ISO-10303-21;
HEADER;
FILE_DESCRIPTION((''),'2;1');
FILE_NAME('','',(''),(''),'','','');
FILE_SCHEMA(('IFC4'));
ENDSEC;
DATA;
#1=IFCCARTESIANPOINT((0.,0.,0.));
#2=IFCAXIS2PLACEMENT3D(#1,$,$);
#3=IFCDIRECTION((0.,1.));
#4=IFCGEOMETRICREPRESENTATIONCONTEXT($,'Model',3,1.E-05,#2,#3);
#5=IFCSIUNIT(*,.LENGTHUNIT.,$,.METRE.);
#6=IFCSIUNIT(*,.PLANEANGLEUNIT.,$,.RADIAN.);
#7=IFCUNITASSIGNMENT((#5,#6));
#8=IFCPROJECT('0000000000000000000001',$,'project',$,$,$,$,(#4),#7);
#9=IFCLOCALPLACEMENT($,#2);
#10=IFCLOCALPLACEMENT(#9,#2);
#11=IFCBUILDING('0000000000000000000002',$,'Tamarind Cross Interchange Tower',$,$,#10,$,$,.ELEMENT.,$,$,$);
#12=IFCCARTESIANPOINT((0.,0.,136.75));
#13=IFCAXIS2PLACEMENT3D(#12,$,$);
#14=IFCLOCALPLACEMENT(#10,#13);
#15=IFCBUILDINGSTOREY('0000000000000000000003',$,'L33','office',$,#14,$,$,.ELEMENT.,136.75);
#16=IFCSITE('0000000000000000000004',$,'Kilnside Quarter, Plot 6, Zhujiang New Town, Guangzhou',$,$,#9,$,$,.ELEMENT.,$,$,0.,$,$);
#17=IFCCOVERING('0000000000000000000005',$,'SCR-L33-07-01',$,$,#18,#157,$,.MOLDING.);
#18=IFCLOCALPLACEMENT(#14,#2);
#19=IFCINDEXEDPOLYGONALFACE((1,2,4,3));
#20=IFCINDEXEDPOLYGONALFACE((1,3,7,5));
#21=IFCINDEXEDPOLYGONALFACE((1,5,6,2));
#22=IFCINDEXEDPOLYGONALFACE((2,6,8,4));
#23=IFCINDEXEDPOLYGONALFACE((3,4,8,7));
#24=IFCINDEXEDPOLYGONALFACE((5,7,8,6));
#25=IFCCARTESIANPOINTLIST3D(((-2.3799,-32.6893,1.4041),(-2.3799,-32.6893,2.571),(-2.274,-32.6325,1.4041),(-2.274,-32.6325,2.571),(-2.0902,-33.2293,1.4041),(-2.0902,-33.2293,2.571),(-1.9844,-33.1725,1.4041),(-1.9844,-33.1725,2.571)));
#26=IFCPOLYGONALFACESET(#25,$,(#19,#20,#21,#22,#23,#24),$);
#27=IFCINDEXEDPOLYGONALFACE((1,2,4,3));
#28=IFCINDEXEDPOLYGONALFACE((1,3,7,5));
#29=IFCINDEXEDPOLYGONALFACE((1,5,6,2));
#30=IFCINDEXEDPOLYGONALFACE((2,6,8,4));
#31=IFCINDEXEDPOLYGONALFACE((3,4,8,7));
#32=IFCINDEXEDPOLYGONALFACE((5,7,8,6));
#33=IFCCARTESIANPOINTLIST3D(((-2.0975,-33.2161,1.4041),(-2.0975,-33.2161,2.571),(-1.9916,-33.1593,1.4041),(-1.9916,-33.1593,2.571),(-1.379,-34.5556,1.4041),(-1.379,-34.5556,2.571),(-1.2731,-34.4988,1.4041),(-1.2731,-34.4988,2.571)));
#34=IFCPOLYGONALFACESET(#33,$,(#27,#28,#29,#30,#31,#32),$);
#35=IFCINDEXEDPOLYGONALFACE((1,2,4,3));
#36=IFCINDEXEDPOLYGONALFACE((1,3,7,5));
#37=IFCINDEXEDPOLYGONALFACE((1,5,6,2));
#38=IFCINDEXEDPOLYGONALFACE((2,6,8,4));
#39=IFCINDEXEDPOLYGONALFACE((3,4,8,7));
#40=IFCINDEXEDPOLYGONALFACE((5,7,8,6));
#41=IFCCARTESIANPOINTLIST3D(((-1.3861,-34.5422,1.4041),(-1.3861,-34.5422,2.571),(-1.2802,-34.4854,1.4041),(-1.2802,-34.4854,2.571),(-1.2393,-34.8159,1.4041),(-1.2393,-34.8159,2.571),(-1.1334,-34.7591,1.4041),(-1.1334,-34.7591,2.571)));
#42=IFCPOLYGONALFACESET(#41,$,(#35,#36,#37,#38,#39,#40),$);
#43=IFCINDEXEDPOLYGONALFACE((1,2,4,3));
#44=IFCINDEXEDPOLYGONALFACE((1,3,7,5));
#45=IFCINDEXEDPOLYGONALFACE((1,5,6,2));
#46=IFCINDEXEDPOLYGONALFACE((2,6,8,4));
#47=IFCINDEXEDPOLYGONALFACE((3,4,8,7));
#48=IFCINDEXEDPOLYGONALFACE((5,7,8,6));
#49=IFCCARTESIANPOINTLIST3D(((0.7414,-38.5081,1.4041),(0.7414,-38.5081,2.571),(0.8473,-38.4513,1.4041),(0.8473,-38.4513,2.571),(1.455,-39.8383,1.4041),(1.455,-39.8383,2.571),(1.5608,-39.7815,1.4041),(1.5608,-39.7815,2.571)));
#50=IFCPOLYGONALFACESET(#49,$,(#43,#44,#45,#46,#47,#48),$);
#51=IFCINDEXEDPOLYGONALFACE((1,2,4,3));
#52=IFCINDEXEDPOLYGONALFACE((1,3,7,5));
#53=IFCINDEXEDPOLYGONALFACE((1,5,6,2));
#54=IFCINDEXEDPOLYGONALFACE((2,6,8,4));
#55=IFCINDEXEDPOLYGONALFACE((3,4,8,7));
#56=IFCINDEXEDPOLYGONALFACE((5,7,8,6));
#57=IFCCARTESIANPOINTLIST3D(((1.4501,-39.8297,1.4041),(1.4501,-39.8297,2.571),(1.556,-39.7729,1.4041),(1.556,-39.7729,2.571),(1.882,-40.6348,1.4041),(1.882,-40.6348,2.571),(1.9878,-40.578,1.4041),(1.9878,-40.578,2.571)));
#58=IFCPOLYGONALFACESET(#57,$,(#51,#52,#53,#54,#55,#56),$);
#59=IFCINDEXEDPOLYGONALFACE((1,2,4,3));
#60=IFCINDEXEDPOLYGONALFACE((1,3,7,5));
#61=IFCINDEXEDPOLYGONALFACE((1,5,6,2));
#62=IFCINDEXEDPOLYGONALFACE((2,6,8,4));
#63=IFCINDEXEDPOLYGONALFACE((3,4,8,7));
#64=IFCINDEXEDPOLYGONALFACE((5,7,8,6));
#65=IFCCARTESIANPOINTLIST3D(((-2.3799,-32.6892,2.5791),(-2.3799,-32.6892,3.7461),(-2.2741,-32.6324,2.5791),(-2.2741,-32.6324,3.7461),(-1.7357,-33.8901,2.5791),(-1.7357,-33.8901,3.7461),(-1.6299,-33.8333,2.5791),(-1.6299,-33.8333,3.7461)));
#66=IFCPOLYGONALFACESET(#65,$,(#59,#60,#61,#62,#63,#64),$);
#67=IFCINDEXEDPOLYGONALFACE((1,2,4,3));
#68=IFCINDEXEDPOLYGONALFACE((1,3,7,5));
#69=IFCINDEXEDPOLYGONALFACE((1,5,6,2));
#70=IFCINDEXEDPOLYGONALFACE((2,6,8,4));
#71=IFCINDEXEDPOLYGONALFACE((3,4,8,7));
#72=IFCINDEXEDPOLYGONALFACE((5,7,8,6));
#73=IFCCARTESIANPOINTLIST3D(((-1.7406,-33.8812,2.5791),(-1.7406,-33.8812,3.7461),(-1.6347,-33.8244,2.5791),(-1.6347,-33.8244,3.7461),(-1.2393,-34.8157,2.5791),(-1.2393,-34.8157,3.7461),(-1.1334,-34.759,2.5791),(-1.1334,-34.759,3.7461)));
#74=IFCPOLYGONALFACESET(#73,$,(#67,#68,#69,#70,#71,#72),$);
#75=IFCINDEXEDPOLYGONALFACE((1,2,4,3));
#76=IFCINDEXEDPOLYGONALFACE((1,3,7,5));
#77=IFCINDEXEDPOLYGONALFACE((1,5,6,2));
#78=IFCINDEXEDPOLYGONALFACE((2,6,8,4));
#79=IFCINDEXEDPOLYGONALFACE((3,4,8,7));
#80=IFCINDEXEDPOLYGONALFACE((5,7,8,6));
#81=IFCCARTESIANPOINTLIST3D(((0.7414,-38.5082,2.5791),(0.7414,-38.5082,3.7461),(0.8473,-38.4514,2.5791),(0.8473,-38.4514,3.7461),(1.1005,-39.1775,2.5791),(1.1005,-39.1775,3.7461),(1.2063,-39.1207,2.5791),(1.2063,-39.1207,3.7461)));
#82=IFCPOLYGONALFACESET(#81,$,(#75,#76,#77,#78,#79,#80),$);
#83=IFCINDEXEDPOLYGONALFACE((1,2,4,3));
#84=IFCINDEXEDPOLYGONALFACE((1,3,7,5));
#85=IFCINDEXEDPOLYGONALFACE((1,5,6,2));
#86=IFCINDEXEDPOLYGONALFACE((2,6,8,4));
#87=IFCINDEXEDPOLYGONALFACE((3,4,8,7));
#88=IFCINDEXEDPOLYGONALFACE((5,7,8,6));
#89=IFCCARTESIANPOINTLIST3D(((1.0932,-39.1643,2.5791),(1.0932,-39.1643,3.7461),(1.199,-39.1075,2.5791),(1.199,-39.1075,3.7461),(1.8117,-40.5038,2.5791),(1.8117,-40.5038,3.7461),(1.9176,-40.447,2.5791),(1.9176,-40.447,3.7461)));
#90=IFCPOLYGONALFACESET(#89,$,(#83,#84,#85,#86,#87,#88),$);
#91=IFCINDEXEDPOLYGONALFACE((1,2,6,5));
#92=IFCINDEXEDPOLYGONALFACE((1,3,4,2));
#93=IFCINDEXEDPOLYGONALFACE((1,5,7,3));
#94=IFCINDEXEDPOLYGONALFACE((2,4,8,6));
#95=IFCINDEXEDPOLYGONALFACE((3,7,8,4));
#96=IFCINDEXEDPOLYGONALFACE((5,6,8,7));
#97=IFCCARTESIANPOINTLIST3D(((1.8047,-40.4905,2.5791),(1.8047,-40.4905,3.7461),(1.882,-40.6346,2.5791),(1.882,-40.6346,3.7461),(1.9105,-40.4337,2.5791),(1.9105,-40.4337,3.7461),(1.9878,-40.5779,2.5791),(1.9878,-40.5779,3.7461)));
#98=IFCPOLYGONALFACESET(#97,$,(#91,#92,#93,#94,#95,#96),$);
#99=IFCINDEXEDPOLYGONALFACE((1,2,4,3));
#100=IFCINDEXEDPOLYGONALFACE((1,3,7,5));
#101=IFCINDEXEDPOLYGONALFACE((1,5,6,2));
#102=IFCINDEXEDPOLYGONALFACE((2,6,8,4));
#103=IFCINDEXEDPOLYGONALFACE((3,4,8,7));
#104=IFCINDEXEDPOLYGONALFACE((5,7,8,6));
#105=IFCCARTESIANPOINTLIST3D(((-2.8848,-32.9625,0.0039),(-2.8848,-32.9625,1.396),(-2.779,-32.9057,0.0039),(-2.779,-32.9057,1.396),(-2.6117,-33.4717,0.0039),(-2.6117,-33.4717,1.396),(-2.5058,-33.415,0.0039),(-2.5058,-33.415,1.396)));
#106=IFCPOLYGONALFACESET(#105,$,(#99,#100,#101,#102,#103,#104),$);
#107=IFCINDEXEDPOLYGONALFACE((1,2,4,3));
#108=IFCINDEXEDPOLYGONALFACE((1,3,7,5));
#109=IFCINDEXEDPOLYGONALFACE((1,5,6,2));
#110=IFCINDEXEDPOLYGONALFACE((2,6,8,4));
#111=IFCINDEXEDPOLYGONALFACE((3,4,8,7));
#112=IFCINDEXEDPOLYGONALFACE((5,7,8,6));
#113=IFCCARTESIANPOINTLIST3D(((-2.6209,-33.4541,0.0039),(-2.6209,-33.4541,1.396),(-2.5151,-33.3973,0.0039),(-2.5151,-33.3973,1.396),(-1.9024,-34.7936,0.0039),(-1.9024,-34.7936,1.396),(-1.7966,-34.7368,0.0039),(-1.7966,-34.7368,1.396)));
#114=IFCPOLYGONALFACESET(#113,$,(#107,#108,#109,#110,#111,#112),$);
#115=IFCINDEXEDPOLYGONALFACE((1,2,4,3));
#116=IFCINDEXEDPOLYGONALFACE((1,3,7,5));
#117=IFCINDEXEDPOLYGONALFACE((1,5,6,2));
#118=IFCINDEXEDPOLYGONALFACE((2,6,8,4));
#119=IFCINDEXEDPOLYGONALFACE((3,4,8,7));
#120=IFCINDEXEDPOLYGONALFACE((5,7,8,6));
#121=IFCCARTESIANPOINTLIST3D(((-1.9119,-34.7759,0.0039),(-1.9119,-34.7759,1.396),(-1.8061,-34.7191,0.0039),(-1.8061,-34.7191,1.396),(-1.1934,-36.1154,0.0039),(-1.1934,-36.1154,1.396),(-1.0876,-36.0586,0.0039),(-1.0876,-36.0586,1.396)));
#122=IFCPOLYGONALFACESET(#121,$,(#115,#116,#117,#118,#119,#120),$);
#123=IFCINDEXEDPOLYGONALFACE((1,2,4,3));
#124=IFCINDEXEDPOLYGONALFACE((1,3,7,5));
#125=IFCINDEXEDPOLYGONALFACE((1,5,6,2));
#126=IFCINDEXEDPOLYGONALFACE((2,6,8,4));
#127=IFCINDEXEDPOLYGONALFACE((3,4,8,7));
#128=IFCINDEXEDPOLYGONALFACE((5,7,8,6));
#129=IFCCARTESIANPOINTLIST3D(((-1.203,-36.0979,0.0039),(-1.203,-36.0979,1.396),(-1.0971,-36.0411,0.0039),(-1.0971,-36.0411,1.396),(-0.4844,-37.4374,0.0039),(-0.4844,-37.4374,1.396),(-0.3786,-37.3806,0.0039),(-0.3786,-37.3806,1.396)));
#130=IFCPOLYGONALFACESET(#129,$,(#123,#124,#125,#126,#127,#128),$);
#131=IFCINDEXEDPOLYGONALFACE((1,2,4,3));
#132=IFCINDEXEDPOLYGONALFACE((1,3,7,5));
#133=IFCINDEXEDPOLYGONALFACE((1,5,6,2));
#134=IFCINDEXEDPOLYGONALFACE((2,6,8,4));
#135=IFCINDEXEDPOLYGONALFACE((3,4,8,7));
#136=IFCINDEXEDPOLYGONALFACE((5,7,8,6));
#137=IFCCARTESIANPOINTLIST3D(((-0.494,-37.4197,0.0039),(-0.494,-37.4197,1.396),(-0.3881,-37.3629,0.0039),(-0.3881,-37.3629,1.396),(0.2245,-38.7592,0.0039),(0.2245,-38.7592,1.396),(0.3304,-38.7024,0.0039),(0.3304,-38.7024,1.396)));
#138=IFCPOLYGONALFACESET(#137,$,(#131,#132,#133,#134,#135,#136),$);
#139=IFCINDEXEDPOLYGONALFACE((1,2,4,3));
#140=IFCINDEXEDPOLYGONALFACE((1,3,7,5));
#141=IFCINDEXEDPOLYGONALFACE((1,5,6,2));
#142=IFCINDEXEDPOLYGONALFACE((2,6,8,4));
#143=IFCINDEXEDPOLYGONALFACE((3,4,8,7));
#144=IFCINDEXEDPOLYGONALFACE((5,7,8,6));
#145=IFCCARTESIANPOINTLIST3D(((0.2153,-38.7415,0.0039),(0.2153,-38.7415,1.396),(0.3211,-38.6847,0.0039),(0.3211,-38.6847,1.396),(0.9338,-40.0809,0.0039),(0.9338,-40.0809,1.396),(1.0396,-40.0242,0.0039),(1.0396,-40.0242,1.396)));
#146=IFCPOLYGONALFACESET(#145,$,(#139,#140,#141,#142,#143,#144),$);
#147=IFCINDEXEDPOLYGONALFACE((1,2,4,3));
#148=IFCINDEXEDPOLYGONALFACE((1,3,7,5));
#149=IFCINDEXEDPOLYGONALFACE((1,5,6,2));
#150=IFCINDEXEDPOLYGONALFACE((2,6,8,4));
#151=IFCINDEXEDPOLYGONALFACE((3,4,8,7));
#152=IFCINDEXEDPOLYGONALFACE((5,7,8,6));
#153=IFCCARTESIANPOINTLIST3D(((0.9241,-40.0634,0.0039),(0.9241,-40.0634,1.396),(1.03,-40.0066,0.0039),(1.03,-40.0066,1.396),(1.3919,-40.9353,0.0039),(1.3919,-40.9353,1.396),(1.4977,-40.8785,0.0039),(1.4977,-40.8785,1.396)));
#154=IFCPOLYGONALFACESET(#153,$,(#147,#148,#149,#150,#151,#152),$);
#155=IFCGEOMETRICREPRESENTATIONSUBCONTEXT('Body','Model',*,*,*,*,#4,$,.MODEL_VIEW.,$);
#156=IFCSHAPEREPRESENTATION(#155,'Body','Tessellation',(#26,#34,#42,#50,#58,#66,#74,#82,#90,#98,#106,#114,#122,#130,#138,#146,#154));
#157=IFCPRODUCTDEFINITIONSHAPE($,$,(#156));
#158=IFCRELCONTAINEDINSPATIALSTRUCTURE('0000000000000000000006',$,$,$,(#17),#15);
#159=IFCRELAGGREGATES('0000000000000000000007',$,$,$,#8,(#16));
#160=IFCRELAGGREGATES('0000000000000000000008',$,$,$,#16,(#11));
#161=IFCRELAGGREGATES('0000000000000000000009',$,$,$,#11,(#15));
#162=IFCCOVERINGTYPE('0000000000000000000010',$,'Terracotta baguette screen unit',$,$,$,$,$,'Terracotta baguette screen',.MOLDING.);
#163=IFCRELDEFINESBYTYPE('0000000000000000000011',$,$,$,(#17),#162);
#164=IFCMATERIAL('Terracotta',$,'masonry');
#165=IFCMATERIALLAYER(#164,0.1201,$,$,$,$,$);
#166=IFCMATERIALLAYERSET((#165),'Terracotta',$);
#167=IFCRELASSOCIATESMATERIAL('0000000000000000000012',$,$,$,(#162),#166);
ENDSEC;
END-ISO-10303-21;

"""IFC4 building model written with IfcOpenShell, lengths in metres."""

from ifc_helpers import new_model, si_unit, direction, frame, origin, origin_2d, place, context, subcontext, project, spatial, rectangle, extrude, material, layer, layer_set, type_object, element, save


model = new_model("IFC4")

# Units and contexts
model_context = context("Model", 3, precision=1e-05, world=origin(), true_north=direction((0.0, 1.0)))
body_context = subcontext(model_context, "Body", "Model", "MODEL_VIEW")
ifc_project = project(units=[si_unit("LENGTHUNIT", "METRE"), si_unit("PLANEANGLEUNIT", "RADIAN")], contexts=[model_context])

# Site, building, storey
site_placement = place(None, origin())
site = spatial("IfcSite", under=ifc_project, at=site_placement, Name="Kilnside Quarter, Plot 6, Zhujiang New Town, Guangzhou", CompositionType="ELEMENT", RefElevation=0.0)
building_placement = place(site_placement, origin())
building = spatial("IfcBuilding", under=site, at=building_placement, Name="Tamarind Cross Interchange Tower", CompositionType="ELEMENT")
storey_placement = place(building_placement, frame((0.0, 0.0, 136.75)))
storey = spatial("IfcBuildingStorey", under=building, at=storey_placement, Name="L33", Description="office", CompositionType="ELEMENT", Elevation=136.75)

# Covering
ifc_material_1 = material(Name="Terracotta", Category="masonry")
ifc_layer_1 = layer(ifc_material_1, 0.1201)
ifc_layer_set_1 = layer_set([ifc_layer_1], Name="Terracotta")
covering_type = type_object("IfcCoveringType", Name="Terracotta baguette screen unit", ElementType="Terracotta baguette screen", PredefinedType="MOLDING", material=ifc_layer_set_1)
covering_1_placement = place(storey_placement, origin())
element("IfcCovering", 1, at=covering_1_placement, inside=storey, type_object=covering_type, Name="SCR-L33-07-01", PredefinedType="MOLDING", context=body_context, shape_type="SweptSolid", body=[
    extrude(rectangle(XDim=0.6128, YDim=0.1201, at=origin_2d()), frame((-2.1821, -32.9309, 1.4041), z_axis=(0.0, 0.0, 1.0), x_axis=(0.472698, -0.881224, 0.0)), (0.0, 0.0, 1.0), 1.167),
    extrude(rectangle(XDim=1.52, YDim=0.1201, at=origin_2d()), frame((-1.6853, -33.8574, 1.4041), z_axis=(0.0, 0.0, 1.0), x_axis=(0.472698, -0.881224, 0.0)), (0.0, 0.0, 1.0), 1.167),
    extrude(rectangle(XDim=0.3105, YDim=0.1201, at=origin_2d()), frame((-1.2598, -34.6506, 1.4041), z_axis=(0.0, 0.0, 1.0), x_axis=(0.472698, -0.881224, 0.0)), (0.0, 0.0, 1.0), 1.167),
    extrude(rectangle(XDim=1.5095, YDim=0.1201, at=origin_2d()), frame((1.1511, -39.1448, 1.4041), z_axis=(0.0, 0.0, 1.0), x_axis=(0.472698, -0.881224, 0.0)), (0.0, 0.0, 1.0), 1.167),
    extrude(rectangle(XDim=0.9136, YDim=0.1201, at=origin_2d()), frame((1.719, -40.2039, 1.4041), z_axis=(0.0, 0.0, 1.0), x_axis=(0.472698, -0.881224, 0.0)), (0.0, 0.0, 1.0), 1.167),
    extrude(rectangle(XDim=1.3628, YDim=0.1201, at=origin_2d()), frame((-2.0049, -33.2612, 2.5791), z_axis=(0.0, 0.0, 1.0), x_axis=(0.472698, -0.881224, 0.0)), (0.0, 0.0, 1.0), 1.167),
    extrude(rectangle(XDim=1.0605, YDim=0.1201, at=origin_2d()), frame((-1.437, -34.3201, 2.5791), z_axis=(0.0, 0.0, 1.0), x_axis=(0.472698, -0.881224, 0.0)), (0.0, 0.0, 1.0), 1.167),
    extrude(rectangle(XDim=0.7595, YDim=0.1201, at=origin_2d()), frame((0.9739, -38.8145, 2.5791), z_axis=(0.0, 0.0, 1.0), x_axis=(0.472698, -0.881224, 0.0)), (0.0, 0.0, 1.0), 1.167),
    extrude(rectangle(XDim=1.52, YDim=0.1201, at=origin_2d()), frame((1.5054, -39.8057, 2.5791), z_axis=(0.0, 0.0, 1.0), x_axis=(0.472698, -0.881224, 0.0)), (0.0, 0.0, 1.0), 1.167),
    extrude(rectangle(XDim=0.1636, YDim=0.1201, at=origin_2d()), frame((1.8962, -40.5342, 2.5791), z_axis=(0.0, 0.0, 1.0), x_axis=(0.472698, -0.881224, 0.0)), (0.0, 0.0, 1.0), 1.167),
    extrude(rectangle(XDim=0.5779, YDim=0.1201, at=origin_2d()), frame((-2.6953, -33.1887, 0.0039), z_axis=(0.0, 0.0, 1.0), x_axis=(0.472698, -0.881224, 0.0)), (0.0, 0.0, 1.0), 1.3921),
    extrude(rectangle(XDim=1.52, YDim=0.1201, at=origin_2d()), frame((-2.2087, -34.0955, 0.0039), z_axis=(0.0, 0.0, 1.0), x_axis=(0.472698, -0.881224, 0.0)), (0.0, 0.0, 1.0), 1.3921),
    extrude(rectangle(XDim=1.52, YDim=0.1201, at=origin_2d()), frame((-1.4998, -35.4172, 0.0039), z_axis=(0.0, 0.0, 1.0), x_axis=(0.472698, -0.881224, 0.0)), (0.0, 0.0, 1.0), 1.3921),
    extrude(rectangle(XDim=1.52, YDim=0.1201, at=origin_2d()), frame((-0.7908, -36.7393, 0.0039), z_axis=(0.0, 0.0, 1.0), x_axis=(0.472698, -0.881224, 0.0)), (0.0, 0.0, 1.0), 1.3921),
    extrude(rectangle(XDim=1.52, YDim=0.1201, at=origin_2d()), frame((-0.0818, -38.061, 0.0039), z_axis=(0.0, 0.0, 1.0), x_axis=(0.472698, -0.881224, 0.0)), (0.0, 0.0, 1.0), 1.3921),
    extrude(rectangle(XDim=1.52, YDim=0.1201, at=origin_2d()), frame((0.6274, -39.3828, 0.0039), z_axis=(0.0, 0.0, 1.0), x_axis=(0.472698, -0.881224, 0.0)), (0.0, 0.0, 1.0), 1.3921),
    extrude(rectangle(XDim=0.9895, YDim=0.1201, at=origin_2d()), frame((1.2109, -40.4709, 0.0039), z_axis=(0.0, 0.0, 1.0), x_axis=(0.472698, -0.881224, 0.0)), (0.0, 0.0, 1.0), 1.3921),
])

save(model, "model.ifc")
